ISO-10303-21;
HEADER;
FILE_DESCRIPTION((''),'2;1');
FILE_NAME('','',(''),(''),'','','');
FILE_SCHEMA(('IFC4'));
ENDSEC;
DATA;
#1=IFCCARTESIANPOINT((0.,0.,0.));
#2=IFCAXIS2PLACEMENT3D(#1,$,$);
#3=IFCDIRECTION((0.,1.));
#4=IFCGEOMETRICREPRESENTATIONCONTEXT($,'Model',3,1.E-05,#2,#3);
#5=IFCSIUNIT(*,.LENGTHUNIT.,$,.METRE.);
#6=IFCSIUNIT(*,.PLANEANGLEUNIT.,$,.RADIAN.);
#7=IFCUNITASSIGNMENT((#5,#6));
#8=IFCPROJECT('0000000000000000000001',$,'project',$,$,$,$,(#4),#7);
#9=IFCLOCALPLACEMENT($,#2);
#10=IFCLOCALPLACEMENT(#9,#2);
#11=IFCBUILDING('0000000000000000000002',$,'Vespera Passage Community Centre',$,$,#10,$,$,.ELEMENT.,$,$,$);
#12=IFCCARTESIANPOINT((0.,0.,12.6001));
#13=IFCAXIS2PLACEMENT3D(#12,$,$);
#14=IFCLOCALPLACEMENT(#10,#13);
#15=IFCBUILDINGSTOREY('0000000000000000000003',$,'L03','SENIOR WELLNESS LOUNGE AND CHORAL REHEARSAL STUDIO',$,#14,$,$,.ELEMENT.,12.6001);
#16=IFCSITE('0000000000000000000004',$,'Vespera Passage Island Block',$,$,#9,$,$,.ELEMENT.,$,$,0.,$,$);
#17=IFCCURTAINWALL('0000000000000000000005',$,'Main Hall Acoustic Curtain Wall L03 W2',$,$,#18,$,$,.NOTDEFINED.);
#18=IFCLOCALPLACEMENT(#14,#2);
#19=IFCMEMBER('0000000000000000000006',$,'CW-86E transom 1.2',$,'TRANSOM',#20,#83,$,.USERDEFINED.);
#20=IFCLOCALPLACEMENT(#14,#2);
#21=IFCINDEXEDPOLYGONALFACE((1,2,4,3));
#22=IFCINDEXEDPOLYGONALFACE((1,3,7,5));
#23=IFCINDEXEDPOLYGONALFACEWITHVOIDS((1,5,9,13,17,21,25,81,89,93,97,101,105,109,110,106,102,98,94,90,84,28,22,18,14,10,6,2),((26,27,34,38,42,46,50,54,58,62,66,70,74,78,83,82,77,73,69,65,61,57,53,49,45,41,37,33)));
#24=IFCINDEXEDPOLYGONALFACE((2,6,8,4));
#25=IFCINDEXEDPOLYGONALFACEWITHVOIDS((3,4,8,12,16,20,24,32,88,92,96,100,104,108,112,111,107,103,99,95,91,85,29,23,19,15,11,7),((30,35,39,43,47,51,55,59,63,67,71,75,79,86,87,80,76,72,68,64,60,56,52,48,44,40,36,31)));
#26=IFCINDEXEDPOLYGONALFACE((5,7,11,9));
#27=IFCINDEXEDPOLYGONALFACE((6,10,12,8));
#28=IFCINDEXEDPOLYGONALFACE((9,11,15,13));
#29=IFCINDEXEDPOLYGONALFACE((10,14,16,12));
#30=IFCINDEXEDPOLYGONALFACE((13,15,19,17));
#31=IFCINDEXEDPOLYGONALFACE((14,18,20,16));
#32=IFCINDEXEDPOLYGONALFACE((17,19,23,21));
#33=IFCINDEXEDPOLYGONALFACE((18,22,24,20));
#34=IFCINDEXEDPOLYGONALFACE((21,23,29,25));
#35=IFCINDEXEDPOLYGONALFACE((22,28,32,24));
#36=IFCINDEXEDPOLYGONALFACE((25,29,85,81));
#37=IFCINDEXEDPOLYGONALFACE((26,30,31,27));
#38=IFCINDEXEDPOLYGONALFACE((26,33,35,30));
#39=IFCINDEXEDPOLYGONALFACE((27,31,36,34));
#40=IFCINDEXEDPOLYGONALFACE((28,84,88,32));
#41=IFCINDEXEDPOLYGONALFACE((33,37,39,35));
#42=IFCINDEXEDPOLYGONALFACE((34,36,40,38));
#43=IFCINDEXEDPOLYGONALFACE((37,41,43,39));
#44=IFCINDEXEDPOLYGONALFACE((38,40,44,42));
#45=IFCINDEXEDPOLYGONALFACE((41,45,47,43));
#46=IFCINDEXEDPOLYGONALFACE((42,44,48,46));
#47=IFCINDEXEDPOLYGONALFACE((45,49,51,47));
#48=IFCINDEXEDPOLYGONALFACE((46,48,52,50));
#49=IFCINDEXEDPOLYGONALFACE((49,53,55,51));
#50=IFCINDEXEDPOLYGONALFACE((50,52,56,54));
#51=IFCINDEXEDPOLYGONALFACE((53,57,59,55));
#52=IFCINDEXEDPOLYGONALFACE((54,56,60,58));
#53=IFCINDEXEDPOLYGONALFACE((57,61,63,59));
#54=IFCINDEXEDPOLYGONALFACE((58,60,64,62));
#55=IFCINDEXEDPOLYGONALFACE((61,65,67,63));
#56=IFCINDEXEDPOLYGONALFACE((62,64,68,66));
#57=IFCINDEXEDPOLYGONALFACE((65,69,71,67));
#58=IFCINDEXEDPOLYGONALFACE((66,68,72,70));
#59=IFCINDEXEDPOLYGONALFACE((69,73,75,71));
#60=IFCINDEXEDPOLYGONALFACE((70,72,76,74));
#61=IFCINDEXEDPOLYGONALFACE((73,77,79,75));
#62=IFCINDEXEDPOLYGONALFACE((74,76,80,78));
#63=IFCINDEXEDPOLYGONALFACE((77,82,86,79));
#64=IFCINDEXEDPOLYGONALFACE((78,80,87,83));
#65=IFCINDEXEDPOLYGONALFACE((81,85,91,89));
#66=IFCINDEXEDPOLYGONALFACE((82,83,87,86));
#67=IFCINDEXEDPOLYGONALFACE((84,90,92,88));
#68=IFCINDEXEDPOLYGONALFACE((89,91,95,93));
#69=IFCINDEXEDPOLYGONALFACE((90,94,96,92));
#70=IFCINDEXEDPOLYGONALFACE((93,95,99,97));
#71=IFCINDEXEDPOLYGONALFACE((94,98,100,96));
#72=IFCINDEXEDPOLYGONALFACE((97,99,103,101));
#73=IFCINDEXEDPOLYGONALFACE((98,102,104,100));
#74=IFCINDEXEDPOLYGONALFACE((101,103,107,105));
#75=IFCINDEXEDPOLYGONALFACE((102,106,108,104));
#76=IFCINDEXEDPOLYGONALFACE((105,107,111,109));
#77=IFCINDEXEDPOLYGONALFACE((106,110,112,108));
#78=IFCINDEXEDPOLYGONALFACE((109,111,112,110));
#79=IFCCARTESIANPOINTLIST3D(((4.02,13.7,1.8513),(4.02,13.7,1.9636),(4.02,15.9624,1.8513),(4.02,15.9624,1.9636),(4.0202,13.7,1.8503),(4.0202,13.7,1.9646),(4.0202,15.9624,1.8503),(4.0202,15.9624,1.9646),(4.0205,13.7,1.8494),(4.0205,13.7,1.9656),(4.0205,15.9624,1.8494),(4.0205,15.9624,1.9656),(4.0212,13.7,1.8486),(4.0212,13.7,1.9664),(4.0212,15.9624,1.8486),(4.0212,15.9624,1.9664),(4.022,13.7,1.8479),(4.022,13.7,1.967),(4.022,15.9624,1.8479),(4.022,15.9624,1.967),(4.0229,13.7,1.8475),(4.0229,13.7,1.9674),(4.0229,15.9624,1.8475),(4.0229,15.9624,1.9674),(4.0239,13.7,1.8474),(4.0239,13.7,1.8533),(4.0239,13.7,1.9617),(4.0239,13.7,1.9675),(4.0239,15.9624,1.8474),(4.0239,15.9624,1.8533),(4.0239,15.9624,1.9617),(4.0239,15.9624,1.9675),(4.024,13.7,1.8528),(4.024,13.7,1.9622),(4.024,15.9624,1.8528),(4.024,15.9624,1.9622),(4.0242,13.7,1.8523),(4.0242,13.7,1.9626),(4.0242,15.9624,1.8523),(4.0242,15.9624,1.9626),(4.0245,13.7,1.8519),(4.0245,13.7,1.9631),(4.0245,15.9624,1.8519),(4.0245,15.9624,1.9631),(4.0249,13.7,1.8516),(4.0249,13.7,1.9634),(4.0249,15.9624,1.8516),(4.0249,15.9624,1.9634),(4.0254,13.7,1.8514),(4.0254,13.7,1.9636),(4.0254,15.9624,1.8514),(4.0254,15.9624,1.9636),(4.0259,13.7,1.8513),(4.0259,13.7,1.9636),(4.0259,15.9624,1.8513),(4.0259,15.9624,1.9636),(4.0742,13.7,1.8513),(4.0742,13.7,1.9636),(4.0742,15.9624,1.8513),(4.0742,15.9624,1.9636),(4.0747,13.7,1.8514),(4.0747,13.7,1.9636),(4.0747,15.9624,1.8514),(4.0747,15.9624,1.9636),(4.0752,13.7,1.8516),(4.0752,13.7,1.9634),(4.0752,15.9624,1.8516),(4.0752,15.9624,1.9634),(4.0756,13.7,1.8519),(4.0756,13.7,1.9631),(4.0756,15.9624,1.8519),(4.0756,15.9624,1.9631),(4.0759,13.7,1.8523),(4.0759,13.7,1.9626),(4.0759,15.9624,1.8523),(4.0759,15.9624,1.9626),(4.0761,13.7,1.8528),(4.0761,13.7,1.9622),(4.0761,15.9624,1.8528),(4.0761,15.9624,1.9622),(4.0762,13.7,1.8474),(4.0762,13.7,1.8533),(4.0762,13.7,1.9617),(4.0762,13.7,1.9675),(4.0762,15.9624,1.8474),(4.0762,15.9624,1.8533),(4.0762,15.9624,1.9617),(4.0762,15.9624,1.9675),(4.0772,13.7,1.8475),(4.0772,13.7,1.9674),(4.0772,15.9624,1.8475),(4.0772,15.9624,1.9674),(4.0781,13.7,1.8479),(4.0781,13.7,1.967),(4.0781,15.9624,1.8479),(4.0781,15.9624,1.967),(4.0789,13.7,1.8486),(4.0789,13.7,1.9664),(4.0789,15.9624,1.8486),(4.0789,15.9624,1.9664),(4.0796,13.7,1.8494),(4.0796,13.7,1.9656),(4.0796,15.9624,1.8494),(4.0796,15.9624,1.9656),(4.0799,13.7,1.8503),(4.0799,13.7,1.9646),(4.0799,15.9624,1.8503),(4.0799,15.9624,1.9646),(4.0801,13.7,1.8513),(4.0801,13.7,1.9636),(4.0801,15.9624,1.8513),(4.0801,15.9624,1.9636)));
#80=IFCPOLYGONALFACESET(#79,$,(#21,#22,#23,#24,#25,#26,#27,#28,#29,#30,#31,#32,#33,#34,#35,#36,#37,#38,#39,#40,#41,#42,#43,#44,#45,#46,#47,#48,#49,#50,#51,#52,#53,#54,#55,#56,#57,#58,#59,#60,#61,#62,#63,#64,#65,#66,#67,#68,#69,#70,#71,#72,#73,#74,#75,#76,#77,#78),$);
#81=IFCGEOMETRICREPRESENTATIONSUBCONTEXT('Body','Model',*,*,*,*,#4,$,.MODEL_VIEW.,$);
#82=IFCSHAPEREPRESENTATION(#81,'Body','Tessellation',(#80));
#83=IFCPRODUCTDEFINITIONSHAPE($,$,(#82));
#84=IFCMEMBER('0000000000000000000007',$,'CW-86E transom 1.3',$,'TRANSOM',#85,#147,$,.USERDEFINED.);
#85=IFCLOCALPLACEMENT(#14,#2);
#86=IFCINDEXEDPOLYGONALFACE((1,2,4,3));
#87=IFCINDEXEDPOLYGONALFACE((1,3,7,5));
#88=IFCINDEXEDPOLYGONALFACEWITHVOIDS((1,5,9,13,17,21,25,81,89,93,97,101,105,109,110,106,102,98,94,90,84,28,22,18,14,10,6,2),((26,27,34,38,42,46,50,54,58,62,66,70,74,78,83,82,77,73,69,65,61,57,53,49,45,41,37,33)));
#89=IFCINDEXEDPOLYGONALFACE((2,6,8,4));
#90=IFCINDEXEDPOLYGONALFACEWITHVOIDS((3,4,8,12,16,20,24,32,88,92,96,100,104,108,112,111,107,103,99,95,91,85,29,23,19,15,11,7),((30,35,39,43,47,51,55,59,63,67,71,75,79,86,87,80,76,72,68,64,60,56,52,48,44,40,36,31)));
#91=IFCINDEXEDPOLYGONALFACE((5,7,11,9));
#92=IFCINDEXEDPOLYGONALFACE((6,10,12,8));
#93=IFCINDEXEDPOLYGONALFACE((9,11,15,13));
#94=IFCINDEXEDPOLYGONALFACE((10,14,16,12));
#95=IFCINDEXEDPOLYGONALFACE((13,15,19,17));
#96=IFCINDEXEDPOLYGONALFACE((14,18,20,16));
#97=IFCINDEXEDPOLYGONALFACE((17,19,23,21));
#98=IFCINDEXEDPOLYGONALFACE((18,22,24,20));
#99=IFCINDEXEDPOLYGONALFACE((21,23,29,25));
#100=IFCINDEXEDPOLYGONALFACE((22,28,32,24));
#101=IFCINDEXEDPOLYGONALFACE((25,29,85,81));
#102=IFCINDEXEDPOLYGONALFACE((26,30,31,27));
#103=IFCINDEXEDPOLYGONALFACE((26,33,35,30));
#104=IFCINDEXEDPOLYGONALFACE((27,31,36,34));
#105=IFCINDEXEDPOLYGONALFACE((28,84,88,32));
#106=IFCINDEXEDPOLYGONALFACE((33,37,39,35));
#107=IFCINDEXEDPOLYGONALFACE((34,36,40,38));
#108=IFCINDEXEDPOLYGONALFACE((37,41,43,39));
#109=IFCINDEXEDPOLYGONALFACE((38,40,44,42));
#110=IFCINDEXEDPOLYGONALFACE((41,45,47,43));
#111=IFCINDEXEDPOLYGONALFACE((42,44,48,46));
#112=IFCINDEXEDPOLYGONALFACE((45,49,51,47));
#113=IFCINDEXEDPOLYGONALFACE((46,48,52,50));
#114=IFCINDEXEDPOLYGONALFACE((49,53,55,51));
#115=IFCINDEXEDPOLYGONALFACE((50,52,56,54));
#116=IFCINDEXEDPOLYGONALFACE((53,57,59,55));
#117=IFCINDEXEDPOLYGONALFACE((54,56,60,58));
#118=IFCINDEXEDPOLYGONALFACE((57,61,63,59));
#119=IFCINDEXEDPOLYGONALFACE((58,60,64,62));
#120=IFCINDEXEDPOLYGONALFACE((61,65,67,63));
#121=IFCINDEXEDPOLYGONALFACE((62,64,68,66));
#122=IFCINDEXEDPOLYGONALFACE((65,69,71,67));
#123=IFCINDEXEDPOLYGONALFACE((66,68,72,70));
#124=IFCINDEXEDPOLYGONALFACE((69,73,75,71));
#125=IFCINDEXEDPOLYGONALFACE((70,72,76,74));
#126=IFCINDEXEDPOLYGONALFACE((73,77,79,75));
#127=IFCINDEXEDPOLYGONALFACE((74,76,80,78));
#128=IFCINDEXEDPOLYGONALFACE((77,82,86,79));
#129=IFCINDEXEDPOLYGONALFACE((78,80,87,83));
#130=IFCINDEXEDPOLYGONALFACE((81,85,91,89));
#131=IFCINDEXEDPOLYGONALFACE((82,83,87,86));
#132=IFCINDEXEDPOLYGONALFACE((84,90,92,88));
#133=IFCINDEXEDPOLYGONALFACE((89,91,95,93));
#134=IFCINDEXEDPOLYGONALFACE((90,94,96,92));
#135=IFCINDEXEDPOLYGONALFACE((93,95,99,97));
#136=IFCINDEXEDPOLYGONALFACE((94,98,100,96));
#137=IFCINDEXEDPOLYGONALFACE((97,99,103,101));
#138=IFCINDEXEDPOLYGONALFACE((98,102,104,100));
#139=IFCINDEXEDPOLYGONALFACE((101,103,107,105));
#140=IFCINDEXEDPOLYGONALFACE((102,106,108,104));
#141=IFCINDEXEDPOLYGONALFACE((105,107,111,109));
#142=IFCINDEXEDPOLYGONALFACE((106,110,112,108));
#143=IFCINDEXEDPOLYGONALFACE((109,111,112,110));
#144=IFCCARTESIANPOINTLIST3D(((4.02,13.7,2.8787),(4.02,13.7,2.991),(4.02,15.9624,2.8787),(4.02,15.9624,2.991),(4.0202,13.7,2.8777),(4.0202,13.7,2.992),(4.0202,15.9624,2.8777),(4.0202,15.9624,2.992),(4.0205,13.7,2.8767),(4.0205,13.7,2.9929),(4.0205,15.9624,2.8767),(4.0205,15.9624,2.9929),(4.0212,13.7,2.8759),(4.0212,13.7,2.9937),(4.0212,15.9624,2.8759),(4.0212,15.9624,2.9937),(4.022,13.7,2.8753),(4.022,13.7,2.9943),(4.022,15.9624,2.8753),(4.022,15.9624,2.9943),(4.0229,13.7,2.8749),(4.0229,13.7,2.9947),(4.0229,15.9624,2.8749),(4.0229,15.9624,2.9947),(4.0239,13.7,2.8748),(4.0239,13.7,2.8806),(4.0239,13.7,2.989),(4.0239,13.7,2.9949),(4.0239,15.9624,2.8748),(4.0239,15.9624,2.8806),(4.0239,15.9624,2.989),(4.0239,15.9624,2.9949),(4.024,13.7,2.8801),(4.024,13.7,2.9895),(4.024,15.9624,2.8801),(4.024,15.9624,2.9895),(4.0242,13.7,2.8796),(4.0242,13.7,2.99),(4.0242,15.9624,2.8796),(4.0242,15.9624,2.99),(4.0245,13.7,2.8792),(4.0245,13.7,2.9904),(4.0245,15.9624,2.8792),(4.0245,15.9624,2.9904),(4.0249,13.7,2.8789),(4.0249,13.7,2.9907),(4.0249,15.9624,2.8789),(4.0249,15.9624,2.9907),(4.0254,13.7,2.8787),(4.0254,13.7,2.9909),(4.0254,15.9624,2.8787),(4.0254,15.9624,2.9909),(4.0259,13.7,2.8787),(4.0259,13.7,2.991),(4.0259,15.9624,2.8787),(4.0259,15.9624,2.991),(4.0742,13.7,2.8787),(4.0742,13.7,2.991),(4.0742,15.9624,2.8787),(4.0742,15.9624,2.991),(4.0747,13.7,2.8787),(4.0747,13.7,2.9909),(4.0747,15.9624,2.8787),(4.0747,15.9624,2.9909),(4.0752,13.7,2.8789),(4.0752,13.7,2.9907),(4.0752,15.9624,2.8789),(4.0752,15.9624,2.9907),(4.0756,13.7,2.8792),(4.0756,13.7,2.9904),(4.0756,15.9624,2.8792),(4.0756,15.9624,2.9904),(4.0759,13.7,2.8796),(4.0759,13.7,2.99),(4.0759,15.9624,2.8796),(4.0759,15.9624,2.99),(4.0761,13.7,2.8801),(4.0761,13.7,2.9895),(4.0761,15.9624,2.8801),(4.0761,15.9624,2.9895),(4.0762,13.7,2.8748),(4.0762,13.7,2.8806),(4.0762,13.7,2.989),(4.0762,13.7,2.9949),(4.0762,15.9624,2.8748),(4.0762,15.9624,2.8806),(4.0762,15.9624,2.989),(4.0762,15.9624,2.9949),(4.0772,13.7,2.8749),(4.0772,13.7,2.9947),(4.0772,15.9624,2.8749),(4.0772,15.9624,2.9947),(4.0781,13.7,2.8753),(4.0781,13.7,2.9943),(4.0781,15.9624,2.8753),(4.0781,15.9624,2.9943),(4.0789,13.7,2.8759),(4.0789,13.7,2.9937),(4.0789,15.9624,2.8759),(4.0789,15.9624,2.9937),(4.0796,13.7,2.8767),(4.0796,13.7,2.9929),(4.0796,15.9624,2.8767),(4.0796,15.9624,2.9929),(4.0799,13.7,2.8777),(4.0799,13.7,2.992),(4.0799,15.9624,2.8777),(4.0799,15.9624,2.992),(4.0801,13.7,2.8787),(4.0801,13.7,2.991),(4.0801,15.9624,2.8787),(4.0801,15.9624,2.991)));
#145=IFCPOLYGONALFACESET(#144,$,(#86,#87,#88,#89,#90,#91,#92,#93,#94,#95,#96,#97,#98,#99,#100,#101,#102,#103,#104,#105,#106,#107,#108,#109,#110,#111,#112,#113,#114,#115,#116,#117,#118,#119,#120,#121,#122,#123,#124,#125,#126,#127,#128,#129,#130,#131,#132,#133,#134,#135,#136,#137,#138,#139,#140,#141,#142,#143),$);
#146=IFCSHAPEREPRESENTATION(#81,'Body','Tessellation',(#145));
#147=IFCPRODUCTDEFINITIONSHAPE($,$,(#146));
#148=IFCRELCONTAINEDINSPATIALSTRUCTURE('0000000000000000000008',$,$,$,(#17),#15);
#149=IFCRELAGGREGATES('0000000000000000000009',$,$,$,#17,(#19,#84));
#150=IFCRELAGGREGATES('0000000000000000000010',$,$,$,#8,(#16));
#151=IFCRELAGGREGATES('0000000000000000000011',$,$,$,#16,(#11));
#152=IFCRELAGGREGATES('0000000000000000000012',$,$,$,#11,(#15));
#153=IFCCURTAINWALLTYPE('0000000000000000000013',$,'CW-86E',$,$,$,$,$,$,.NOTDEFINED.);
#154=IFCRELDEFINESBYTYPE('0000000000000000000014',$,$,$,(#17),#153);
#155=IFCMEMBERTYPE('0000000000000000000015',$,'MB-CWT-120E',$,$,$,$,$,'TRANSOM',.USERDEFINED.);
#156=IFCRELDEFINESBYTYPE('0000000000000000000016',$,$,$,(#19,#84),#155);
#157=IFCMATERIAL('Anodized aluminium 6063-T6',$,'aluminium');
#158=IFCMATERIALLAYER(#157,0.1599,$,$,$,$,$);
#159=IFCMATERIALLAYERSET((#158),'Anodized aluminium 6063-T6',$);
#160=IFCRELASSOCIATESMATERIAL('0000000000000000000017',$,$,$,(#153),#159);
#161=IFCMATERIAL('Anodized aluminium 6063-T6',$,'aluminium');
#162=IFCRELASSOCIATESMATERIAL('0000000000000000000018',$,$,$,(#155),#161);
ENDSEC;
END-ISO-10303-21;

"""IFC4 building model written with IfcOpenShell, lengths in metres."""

from ifc_helpers import new_model, si_unit, direction, frame, origin, origin_2d, place, context, subcontext, project, spatial, hollow_rectangle, extrude, material, layer, layer_set, material_profile, profile_set, type_object, element, aggregate, save


model = new_model("IFC4")

# Units and contexts
model_context = context("Model", 3, precision=1e-05, world=origin(), true_north=direction((0.0, 1.0)))
body_context = subcontext(model_context, "Body", "Model", "MODEL_VIEW")
ifc_project = project(units=[si_unit("LENGTHUNIT", "METRE"), si_unit("PLANEANGLEUNIT", "RADIAN")], contexts=[model_context])

# Site, building, storey
site_placement = place(None, origin())
site = spatial("IfcSite", under=ifc_project, at=site_placement, Name="Vespera Passage Island Block", CompositionType="ELEMENT", RefElevation=0.0)
building_placement = place(site_placement, origin())
building = spatial("IfcBuilding", under=site, at=building_placement, Name="Vespera Passage Community Centre", CompositionType="ELEMENT")
storey_placement = place(building_placement, frame((0.0, 0.0, 12.6001)))
storey = spatial("IfcBuildingStorey", under=building, at=storey_placement, Name="L03", Description="SENIOR WELLNESS LOUNGE AND CHORAL REHEARSAL STUDIO", CompositionType="ELEMENT", Elevation=12.6001)

# Curtain wall, members
ifc_material_1 = material(Name="Anodized aluminium 6063-T6", Category="aluminium")
ifc_layer_1 = layer(ifc_material_1, 0.1599)
ifc_layer_set_1 = layer_set([ifc_layer_1], Name="Anodized aluminium 6063-T6")
curtain_wall_type_1 = type_object("IfcCurtainWallType", Name="CW-86E", PredefinedType="NOTDEFINED", material=ifc_layer_set_1)
curtain_wall_1_placement = place(storey_placement, origin())
curtain_wall_1 = element("IfcCurtainWall", 1, at=curtain_wall_1_placement, inside=storey, type_object=curtain_wall_type_1, Name="Main Hall Acoustic Curtain Wall L03 W2", PredefinedType="NOTDEFINED")
ifc_material_2 = material(Name="Anodized aluminium 6063-T6", Category="aluminium")
ifc_material_profile_1 = material_profile(ifc_material_2, hollow_rectangle(XDim=0.0601, YDim=0.1201, WallThickness=0.0039, InnerFilletRadius=0.002, OuterFilletRadius=0.0039, at=origin_2d()), Name="ALU120X60X4")
ifc_profile_set_1 = profile_set([ifc_material_profile_1], Name="Anodized aluminium 6063-T6")
member_type_1 = type_object("IfcMemberType", Name="MB-CWT-120E", ElementType="TRANSOM", PredefinedType="USERDEFINED", material=ifc_profile_set_1)
member_1_placement = place(storey_placement, frame((4.05, 13.7, 1.9075), z_axis=(0.0, 1.0, 0.0), x_axis=(-1.0, 0.0, 0.0)))
member_1 = element("IfcMember", 2, at=member_1_placement, type_object=member_type_1, Name="CW-86E transom 1.2", ObjectType="TRANSOM", PredefinedType="USERDEFINED", context=body_context, shape_type="SweptSolid", body=[
    extrude(hollow_rectangle(XDim=0.0601, YDim=0.1201, WallThickness=0.0039, InnerFilletRadius=0.002, OuterFilletRadius=0.0039, at=origin_2d()), origin(), (0.0, 0.0, 1.0), 2.2625),
])
member_2_placement = place(storey_placement, frame((4.05, 13.7, 2.9348), z_axis=(0.0, 1.0, 0.0), x_axis=(-1.0, 0.0, 0.0)))
member_2 = element("IfcMember", 3, at=member_2_placement, type_object=member_type_1, Name="CW-86E transom 1.3", ObjectType="TRANSOM", PredefinedType="USERDEFINED", context=body_context, shape_type="SweptSolid", body=[
    extrude(hollow_rectangle(XDim=0.0601, YDim=0.1201, WallThickness=0.0039, InnerFilletRadius=0.002, OuterFilletRadius=0.0039, at=origin_2d()), origin(), (0.0, 0.0, 1.0), 2.2625),
])
aggregate(curtain_wall_1, [member_1, member_2])

save(model, "model.ifc")
